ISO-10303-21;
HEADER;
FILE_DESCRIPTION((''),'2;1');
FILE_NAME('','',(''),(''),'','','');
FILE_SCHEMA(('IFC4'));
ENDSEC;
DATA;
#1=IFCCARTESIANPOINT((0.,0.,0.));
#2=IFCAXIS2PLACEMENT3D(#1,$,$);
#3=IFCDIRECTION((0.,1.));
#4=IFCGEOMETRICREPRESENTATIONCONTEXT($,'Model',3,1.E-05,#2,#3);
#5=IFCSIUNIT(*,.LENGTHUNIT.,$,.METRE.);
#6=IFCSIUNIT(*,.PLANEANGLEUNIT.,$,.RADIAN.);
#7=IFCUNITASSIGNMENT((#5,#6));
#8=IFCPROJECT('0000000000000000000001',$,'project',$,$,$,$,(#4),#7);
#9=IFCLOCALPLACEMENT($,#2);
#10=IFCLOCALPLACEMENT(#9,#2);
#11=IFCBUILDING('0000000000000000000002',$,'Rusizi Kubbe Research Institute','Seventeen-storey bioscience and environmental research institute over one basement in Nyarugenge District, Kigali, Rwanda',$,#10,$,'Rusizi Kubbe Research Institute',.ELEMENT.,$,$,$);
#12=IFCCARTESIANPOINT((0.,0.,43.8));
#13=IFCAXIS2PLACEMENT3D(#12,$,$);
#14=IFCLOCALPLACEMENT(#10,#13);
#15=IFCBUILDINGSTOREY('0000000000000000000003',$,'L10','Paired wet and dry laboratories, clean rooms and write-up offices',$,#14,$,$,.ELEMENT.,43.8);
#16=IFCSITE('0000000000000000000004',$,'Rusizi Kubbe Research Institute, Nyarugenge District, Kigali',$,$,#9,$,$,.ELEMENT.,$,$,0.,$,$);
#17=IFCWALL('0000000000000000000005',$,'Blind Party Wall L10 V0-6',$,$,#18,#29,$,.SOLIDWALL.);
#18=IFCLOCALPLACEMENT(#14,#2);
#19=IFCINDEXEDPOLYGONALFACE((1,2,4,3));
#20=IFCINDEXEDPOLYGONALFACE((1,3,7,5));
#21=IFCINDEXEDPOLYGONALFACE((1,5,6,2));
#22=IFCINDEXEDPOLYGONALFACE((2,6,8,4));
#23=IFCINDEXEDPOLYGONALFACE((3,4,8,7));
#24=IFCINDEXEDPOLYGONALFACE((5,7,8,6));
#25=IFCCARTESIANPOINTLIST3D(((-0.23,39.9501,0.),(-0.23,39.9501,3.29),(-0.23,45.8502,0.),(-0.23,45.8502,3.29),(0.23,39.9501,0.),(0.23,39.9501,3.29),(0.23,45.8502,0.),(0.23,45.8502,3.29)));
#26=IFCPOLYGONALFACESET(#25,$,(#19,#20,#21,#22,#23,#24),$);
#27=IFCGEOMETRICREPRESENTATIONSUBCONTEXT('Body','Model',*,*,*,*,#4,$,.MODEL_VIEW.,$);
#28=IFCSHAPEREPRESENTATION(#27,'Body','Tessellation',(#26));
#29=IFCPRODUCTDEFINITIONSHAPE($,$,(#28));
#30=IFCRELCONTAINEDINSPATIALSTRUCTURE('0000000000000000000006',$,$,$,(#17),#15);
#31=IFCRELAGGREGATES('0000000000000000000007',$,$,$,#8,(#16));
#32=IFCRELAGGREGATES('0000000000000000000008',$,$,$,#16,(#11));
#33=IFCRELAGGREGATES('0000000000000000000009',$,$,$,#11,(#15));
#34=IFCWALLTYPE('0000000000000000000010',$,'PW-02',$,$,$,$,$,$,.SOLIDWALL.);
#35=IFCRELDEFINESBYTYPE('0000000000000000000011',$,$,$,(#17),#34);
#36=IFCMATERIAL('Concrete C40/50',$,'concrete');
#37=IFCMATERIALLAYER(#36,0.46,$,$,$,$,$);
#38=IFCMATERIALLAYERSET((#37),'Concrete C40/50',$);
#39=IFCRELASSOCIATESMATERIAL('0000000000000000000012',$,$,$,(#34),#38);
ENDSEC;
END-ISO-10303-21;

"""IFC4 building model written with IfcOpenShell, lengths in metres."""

from ifc_helpers import new_model, si_unit, direction, frame, frame_2d, origin, place, context, subcontext, project, spatial, rectangle, extrude, material, layer, layer_set, type_object, element, save


model = new_model("IFC4")

# Units and contexts
model_context = context("Model", 3, precision=1e-05, world=origin(), true_north=direction((0.0, 1.0)))
body_context = subcontext(model_context, "Body", "Model", "MODEL_VIEW")
ifc_project = project(units=[si_unit("LENGTHUNIT", "METRE"), si_unit("PLANEANGLEUNIT", "RADIAN")], contexts=[model_context])

# Site, building, storey
site_placement = place(None, origin())
site = spatial("IfcSite", under=ifc_project, at=site_placement, Name="Rusizi Kubbe Research Institute, Nyarugenge District, Kigali", CompositionType="ELEMENT", RefElevation=0.0)
building_placement = place(site_placement, origin())
building = spatial("IfcBuilding", under=site, at=building_placement, Name="Rusizi Kubbe Research Institute", Description="Seventeen-storey bioscience and environmental research institute over one basement in Nyarugenge District, Kigali, Rwanda", LongName="Rusizi Kubbe Research Institute", CompositionType="ELEMENT")
storey_placement = place(building_placement, frame((0.0, 0.0, 43.8)))
storey = spatial("IfcBuildingStorey", under=building, at=storey_placement, Name="L10", Description="Paired wet and dry laboratories, clean rooms and write-up offices", CompositionType="ELEMENT", Elevation=43.8)

# Wall
ifc_material_1 = material(Name="Concrete C40/50", Category="concrete")
ifc_layer_1 = layer(ifc_material_1, 0.46)
ifc_layer_set_1 = layer_set([ifc_layer_1], Name="Concrete C40/50")
wall_type_1 = type_object("IfcWallType", Name="PW-02", PredefinedType="SOLIDWALL", material=ifc_layer_set_1)
wall_1_placement = place(storey_placement, frame((0.0, 39.95, 0.0), z_axis=(0.0, 0.0, 1.0), x_axis=(0.0, 1.0, 0.0)))
element("IfcWall", 1, at=wall_1_placement, inside=storey, type_object=wall_type_1, Name="Blind Party Wall L10 V0-6", PredefinedType="SOLIDWALL", context=body_context, shape_type="SweptSolid", body=[
    extrude(rectangle(XDim=5.9001, YDim=0.46, at=frame_2d((2.9502, 0.0))), origin(), (0.0, 0.0, 1.0), 3.29),
])

save(model, "model.ifc")
